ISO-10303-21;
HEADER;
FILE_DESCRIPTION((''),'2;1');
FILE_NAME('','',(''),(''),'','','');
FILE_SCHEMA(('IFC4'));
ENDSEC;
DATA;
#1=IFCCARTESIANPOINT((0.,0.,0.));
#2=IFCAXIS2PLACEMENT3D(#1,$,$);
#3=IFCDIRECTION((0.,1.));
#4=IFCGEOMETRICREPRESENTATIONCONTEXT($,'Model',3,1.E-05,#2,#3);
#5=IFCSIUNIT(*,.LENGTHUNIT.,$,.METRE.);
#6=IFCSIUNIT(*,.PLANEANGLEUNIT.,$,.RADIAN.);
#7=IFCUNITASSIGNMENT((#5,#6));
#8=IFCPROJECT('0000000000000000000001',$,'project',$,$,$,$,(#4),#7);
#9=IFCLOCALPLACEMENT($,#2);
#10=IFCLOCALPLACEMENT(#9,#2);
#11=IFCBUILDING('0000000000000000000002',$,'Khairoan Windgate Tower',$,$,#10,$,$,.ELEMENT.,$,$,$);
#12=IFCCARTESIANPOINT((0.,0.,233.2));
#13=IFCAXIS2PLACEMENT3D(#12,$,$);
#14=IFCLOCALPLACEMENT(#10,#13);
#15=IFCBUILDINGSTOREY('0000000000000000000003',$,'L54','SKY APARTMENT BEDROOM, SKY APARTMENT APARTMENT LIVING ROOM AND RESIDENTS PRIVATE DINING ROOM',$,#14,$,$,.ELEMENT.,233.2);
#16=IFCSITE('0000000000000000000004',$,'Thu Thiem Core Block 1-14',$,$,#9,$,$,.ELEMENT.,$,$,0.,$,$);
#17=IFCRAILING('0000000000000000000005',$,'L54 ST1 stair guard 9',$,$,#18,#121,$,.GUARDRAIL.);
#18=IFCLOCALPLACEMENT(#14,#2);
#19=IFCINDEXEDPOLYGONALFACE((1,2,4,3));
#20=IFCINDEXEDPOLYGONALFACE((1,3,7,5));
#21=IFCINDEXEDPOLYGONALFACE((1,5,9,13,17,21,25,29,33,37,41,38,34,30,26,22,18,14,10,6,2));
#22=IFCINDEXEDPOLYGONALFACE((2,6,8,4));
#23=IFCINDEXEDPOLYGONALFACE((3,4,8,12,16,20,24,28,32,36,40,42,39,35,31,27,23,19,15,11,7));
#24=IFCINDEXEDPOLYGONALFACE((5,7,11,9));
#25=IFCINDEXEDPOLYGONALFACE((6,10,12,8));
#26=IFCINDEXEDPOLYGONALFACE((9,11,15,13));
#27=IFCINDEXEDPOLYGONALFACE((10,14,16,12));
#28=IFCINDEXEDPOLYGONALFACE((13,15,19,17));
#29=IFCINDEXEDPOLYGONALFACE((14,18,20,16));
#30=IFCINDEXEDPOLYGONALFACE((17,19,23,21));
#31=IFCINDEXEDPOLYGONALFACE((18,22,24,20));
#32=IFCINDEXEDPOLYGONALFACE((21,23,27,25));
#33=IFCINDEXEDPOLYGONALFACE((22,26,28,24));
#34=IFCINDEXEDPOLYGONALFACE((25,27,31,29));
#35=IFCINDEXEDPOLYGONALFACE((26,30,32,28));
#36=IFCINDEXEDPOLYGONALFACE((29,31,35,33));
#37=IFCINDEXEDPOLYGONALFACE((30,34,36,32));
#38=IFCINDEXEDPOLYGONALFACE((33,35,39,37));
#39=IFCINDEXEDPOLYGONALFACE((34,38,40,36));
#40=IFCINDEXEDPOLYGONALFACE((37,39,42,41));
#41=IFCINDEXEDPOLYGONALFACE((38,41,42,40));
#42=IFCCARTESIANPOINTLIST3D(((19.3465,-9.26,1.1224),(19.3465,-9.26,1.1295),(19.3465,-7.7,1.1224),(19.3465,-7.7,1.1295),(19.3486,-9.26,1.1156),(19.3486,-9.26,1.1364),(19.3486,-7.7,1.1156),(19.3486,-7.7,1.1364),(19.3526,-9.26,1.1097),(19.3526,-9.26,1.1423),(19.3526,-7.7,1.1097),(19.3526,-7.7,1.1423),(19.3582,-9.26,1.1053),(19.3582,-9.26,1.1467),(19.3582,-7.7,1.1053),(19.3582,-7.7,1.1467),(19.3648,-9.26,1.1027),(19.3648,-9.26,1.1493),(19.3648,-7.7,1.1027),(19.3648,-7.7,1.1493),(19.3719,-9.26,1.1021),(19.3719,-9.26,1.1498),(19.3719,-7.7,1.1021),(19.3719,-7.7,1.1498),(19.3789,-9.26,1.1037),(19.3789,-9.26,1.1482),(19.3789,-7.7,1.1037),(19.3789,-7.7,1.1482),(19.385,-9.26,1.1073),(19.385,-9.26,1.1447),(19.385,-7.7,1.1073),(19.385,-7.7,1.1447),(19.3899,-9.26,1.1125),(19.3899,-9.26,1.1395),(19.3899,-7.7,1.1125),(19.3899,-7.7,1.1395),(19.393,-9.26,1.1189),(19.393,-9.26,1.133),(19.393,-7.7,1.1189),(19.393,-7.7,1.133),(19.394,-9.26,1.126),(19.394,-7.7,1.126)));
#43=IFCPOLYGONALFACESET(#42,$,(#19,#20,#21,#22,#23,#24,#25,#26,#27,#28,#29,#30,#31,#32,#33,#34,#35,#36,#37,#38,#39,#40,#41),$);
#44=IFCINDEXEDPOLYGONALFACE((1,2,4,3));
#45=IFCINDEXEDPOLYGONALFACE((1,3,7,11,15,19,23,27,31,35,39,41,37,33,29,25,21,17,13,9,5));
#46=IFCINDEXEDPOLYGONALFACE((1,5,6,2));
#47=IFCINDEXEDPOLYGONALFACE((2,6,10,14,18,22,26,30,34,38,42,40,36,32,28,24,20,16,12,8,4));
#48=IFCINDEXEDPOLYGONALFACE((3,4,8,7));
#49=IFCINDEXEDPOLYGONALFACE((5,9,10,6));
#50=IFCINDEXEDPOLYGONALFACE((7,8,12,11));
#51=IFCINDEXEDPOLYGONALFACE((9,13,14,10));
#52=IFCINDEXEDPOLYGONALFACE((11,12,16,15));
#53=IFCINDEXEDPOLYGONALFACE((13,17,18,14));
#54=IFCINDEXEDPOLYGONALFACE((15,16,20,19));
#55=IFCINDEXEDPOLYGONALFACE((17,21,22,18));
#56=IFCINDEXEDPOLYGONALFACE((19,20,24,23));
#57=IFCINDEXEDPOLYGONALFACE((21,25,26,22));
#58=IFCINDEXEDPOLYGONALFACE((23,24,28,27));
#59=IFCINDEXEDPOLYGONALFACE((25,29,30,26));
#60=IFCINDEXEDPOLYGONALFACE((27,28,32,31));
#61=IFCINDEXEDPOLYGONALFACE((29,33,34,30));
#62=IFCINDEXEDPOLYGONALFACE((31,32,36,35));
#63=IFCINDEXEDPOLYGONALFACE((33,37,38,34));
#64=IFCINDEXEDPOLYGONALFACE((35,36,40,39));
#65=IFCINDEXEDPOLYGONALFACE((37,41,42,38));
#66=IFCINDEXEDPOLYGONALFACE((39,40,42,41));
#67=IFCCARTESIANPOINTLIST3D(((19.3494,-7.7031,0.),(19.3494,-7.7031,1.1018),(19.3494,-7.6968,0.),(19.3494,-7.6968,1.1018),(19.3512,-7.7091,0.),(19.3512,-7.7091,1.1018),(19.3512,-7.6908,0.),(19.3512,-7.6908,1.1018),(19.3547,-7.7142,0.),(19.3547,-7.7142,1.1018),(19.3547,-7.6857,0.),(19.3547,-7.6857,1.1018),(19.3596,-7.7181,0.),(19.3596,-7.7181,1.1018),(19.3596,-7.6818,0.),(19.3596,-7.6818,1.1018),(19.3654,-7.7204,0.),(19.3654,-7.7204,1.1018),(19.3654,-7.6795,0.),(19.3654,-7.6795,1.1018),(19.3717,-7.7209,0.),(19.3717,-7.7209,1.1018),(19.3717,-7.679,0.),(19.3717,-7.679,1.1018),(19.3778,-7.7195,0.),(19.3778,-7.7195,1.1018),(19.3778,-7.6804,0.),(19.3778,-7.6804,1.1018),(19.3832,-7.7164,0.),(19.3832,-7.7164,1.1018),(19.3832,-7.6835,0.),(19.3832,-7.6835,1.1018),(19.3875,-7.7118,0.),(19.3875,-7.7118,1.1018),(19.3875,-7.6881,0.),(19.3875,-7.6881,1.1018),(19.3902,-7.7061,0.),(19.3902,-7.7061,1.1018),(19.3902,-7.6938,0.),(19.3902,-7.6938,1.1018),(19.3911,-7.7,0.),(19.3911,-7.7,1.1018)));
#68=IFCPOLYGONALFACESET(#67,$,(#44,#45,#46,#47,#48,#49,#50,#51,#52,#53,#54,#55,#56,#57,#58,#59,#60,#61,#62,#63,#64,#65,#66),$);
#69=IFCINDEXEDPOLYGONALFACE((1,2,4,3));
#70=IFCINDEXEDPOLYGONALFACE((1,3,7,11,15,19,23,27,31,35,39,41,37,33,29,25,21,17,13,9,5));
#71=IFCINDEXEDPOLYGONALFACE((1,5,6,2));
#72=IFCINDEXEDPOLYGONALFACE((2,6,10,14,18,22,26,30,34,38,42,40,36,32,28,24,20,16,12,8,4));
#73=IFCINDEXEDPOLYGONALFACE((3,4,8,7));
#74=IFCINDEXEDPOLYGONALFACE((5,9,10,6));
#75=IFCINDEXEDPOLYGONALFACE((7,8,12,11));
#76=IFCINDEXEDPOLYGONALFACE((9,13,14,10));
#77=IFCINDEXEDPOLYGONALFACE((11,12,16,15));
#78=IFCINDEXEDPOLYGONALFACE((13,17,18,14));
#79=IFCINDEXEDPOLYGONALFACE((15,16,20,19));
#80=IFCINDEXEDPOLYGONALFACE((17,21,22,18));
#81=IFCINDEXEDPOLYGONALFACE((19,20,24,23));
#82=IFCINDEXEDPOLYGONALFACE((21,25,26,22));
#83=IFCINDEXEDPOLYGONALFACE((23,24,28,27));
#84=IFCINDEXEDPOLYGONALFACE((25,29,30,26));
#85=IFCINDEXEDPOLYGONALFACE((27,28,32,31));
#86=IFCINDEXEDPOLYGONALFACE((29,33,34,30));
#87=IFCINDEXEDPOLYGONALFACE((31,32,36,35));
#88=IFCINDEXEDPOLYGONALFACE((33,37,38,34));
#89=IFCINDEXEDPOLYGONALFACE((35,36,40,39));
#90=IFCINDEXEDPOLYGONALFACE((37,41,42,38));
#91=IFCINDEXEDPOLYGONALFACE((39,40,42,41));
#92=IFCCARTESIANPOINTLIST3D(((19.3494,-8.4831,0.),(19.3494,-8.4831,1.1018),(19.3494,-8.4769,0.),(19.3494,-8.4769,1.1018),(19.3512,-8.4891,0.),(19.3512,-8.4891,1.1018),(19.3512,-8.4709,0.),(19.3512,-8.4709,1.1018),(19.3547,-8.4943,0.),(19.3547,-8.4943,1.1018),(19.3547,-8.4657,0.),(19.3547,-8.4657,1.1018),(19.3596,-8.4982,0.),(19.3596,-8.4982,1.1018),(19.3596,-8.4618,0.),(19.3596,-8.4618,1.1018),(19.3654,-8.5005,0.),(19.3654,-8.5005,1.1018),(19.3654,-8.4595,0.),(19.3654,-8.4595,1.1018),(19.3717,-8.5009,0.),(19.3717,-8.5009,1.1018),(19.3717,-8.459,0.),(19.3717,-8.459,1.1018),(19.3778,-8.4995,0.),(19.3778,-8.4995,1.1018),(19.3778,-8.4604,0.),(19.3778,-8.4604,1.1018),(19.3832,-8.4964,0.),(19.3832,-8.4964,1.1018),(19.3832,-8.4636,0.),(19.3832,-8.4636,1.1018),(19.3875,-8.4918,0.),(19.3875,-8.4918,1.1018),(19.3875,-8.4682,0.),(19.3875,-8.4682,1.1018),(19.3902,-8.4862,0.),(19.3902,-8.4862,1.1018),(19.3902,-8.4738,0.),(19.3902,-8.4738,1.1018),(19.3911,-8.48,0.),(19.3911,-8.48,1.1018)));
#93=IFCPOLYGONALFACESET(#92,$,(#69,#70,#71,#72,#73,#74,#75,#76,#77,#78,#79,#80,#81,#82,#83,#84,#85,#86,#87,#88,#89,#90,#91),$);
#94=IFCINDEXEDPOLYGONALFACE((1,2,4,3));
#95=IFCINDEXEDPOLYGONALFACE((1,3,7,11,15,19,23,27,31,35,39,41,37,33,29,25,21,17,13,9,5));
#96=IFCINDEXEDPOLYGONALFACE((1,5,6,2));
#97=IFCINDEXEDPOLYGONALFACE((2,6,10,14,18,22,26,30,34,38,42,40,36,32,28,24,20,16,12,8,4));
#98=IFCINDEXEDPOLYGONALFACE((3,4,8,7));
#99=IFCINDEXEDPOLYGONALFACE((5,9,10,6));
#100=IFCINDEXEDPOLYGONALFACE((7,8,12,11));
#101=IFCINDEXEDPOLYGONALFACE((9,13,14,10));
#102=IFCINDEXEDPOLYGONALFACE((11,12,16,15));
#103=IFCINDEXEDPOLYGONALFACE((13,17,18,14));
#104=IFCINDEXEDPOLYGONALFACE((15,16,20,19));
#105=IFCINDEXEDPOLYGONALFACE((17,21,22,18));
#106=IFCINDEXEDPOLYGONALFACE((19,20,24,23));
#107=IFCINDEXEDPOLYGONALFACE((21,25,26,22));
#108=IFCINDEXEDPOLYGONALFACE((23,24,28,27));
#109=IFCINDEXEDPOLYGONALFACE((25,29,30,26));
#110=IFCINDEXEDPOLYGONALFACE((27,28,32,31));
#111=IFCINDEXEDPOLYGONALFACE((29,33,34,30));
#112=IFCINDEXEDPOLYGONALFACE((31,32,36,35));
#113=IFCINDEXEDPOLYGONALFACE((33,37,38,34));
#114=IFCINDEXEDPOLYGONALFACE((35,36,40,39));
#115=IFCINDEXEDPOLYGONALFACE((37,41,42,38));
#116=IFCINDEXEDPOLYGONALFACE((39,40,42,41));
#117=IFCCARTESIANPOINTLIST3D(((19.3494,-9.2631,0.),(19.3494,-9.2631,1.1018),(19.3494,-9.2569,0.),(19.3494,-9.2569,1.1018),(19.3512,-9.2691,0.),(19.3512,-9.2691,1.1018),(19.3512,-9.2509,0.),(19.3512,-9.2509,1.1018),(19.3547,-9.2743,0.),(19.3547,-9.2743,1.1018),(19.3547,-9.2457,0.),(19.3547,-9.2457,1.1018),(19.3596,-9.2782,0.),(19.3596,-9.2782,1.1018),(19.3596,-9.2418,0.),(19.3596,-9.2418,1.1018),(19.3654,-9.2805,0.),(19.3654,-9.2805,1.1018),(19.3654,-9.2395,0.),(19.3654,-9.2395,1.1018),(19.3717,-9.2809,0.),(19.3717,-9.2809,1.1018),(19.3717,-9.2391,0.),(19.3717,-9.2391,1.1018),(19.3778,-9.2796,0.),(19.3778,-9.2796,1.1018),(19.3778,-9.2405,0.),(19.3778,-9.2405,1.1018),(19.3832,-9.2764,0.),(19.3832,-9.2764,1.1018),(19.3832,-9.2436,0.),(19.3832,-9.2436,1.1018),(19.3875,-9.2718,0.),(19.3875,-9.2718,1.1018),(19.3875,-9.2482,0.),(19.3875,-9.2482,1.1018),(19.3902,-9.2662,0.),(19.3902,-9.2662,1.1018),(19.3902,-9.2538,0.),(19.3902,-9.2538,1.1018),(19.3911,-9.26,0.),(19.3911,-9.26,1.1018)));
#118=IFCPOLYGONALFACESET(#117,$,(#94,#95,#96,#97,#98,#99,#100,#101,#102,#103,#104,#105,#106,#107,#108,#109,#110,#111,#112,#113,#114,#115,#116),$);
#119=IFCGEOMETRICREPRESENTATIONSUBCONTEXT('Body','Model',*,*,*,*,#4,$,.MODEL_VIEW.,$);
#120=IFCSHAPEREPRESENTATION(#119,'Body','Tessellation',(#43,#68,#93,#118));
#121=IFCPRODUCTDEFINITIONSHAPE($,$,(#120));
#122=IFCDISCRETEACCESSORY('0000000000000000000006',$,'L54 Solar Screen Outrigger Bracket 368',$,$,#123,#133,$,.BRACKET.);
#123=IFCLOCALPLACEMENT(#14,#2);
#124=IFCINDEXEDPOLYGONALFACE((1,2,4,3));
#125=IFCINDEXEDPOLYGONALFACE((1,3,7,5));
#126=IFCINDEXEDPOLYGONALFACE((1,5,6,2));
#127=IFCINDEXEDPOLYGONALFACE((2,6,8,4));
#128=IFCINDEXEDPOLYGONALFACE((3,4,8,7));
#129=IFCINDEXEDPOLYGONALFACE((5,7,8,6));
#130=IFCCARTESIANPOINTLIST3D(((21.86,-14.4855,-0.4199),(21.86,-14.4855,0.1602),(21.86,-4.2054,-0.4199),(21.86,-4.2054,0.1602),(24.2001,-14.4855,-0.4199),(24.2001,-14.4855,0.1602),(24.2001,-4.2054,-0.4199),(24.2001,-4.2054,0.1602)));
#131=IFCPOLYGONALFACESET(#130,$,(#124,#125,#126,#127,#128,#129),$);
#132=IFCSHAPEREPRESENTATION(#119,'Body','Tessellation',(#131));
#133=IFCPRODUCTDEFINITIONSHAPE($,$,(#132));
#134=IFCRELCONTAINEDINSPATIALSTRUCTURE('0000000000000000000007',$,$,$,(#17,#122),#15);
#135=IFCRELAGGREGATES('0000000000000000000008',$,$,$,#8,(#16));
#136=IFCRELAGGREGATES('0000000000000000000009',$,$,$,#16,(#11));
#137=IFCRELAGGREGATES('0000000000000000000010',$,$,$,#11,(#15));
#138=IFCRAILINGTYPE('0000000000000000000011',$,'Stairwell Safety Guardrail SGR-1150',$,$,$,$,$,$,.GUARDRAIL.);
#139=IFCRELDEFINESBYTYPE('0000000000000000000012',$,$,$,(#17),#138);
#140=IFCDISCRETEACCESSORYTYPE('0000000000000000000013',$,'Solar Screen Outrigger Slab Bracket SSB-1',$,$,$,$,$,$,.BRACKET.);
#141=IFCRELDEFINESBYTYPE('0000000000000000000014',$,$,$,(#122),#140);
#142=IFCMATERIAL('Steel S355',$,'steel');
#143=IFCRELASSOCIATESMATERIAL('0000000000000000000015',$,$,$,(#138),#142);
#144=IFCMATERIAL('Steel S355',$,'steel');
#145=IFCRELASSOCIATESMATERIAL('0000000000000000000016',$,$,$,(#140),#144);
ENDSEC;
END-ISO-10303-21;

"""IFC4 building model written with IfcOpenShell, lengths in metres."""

from ifc_helpers import new_model, si_unit, direction, frame, origin, origin_2d, place, context, subcontext, project, spatial, rectangle, circle, extrude, material, type_object, element, save


model = new_model("IFC4")

# Units and contexts
model_context = context("Model", 3, precision=1e-05, world=origin(), true_north=direction((0.0, 1.0)))
body_context = subcontext(model_context, "Body", "Model", "MODEL_VIEW")
ifc_project = project(units=[si_unit("LENGTHUNIT", "METRE"), si_unit("PLANEANGLEUNIT", "RADIAN")], contexts=[model_context])

# Site, building, storey
site_placement = place(None, origin())
site = spatial("IfcSite", under=ifc_project, at=site_placement, Name="Thu Thiem Core Block 1-14", CompositionType="ELEMENT", RefElevation=0.0)
building_placement = place(site_placement, origin())
building = spatial("IfcBuilding", under=site, at=building_placement, Name="Khairoan Windgate Tower", CompositionType="ELEMENT")
storey_placement = place(building_placement, frame((0.0, 0.0, 233.2)))
storey = spatial("IfcBuildingStorey", under=building, at=storey_placement, Name="L54", Description="SKY APARTMENT BEDROOM, SKY APARTMENT APARTMENT LIVING ROOM AND RESIDENTS PRIVATE DINING ROOM", CompositionType="ELEMENT", Elevation=233.2)

# Railing
ifc_material_1 = material(Name="Steel S355", Category="steel")
railing_type_1 = type_object("IfcRailingType", Name="Stairwell Safety Guardrail SGR-1150", PredefinedType="GUARDRAIL", material=ifc_material_1)
for number, where, name in (
    (1, (19.3701, -7.7, 0.0), "L54 ST1 stair guard 9"),
):
    element("IfcRailing", number, at=place(storey_placement, frame(where)), inside=storey, type_object=railing_type_1, Name=name, PredefinedType="GUARDRAIL", context=body_context, shape_type="SweptSolid", body=[
        extrude(circle(Radius=0.0239, at=origin_2d()), frame((0.0, 0.0, 1.126), z_axis=(0.0, -1.0, 0.0), x_axis=(1.0, 0.0, 0.0)), (0.0, 0.0, 1.0), 1.5601),
        extrude(circle(Radius=0.021, at=origin_2d()), origin(), (0.0, 0.0, 1.0), 1.1018),
        extrude(circle(Radius=0.021, at=origin_2d()), frame((0.0, -0.78, 0.0)), (0.0, 0.0, 1.0), 1.1018),
        extrude(circle(Radius=0.021, at=origin_2d()), frame((0.0, -1.5601, 0.0)), (0.0, 0.0, 1.0), 1.1018),
    ])

# Discrete accessory
ifc_material_2 = material(Name="Steel S355", Category="steel")
discrete_accessory_type = type_object("IfcDiscreteAccessoryType", Name="Solar Screen Outrigger Slab Bracket SSB-1", PredefinedType="BRACKET", material=ifc_material_2)
discrete_accessory_placement = place(storey_placement, frame((23.03, -9.3455, -0.4199), z_axis=(0.0, 0.0, 1.0), x_axis=(0.0, -1.0, 0.0)))
element("IfcDiscreteAccessory", 2, at=discrete_accessory_placement, inside=storey, type_object=discrete_accessory_type, Name="L54 Solar Screen Outrigger Bracket 368", PredefinedType="BRACKET", context=body_context, shape_type="SweptSolid", body=[
    extrude(rectangle(XDim=10.28, YDim=2.3401, at=origin_2d()), origin(), (0.0, 0.0, 1.0), 0.5801),
])

save(model, "model.ifc")
